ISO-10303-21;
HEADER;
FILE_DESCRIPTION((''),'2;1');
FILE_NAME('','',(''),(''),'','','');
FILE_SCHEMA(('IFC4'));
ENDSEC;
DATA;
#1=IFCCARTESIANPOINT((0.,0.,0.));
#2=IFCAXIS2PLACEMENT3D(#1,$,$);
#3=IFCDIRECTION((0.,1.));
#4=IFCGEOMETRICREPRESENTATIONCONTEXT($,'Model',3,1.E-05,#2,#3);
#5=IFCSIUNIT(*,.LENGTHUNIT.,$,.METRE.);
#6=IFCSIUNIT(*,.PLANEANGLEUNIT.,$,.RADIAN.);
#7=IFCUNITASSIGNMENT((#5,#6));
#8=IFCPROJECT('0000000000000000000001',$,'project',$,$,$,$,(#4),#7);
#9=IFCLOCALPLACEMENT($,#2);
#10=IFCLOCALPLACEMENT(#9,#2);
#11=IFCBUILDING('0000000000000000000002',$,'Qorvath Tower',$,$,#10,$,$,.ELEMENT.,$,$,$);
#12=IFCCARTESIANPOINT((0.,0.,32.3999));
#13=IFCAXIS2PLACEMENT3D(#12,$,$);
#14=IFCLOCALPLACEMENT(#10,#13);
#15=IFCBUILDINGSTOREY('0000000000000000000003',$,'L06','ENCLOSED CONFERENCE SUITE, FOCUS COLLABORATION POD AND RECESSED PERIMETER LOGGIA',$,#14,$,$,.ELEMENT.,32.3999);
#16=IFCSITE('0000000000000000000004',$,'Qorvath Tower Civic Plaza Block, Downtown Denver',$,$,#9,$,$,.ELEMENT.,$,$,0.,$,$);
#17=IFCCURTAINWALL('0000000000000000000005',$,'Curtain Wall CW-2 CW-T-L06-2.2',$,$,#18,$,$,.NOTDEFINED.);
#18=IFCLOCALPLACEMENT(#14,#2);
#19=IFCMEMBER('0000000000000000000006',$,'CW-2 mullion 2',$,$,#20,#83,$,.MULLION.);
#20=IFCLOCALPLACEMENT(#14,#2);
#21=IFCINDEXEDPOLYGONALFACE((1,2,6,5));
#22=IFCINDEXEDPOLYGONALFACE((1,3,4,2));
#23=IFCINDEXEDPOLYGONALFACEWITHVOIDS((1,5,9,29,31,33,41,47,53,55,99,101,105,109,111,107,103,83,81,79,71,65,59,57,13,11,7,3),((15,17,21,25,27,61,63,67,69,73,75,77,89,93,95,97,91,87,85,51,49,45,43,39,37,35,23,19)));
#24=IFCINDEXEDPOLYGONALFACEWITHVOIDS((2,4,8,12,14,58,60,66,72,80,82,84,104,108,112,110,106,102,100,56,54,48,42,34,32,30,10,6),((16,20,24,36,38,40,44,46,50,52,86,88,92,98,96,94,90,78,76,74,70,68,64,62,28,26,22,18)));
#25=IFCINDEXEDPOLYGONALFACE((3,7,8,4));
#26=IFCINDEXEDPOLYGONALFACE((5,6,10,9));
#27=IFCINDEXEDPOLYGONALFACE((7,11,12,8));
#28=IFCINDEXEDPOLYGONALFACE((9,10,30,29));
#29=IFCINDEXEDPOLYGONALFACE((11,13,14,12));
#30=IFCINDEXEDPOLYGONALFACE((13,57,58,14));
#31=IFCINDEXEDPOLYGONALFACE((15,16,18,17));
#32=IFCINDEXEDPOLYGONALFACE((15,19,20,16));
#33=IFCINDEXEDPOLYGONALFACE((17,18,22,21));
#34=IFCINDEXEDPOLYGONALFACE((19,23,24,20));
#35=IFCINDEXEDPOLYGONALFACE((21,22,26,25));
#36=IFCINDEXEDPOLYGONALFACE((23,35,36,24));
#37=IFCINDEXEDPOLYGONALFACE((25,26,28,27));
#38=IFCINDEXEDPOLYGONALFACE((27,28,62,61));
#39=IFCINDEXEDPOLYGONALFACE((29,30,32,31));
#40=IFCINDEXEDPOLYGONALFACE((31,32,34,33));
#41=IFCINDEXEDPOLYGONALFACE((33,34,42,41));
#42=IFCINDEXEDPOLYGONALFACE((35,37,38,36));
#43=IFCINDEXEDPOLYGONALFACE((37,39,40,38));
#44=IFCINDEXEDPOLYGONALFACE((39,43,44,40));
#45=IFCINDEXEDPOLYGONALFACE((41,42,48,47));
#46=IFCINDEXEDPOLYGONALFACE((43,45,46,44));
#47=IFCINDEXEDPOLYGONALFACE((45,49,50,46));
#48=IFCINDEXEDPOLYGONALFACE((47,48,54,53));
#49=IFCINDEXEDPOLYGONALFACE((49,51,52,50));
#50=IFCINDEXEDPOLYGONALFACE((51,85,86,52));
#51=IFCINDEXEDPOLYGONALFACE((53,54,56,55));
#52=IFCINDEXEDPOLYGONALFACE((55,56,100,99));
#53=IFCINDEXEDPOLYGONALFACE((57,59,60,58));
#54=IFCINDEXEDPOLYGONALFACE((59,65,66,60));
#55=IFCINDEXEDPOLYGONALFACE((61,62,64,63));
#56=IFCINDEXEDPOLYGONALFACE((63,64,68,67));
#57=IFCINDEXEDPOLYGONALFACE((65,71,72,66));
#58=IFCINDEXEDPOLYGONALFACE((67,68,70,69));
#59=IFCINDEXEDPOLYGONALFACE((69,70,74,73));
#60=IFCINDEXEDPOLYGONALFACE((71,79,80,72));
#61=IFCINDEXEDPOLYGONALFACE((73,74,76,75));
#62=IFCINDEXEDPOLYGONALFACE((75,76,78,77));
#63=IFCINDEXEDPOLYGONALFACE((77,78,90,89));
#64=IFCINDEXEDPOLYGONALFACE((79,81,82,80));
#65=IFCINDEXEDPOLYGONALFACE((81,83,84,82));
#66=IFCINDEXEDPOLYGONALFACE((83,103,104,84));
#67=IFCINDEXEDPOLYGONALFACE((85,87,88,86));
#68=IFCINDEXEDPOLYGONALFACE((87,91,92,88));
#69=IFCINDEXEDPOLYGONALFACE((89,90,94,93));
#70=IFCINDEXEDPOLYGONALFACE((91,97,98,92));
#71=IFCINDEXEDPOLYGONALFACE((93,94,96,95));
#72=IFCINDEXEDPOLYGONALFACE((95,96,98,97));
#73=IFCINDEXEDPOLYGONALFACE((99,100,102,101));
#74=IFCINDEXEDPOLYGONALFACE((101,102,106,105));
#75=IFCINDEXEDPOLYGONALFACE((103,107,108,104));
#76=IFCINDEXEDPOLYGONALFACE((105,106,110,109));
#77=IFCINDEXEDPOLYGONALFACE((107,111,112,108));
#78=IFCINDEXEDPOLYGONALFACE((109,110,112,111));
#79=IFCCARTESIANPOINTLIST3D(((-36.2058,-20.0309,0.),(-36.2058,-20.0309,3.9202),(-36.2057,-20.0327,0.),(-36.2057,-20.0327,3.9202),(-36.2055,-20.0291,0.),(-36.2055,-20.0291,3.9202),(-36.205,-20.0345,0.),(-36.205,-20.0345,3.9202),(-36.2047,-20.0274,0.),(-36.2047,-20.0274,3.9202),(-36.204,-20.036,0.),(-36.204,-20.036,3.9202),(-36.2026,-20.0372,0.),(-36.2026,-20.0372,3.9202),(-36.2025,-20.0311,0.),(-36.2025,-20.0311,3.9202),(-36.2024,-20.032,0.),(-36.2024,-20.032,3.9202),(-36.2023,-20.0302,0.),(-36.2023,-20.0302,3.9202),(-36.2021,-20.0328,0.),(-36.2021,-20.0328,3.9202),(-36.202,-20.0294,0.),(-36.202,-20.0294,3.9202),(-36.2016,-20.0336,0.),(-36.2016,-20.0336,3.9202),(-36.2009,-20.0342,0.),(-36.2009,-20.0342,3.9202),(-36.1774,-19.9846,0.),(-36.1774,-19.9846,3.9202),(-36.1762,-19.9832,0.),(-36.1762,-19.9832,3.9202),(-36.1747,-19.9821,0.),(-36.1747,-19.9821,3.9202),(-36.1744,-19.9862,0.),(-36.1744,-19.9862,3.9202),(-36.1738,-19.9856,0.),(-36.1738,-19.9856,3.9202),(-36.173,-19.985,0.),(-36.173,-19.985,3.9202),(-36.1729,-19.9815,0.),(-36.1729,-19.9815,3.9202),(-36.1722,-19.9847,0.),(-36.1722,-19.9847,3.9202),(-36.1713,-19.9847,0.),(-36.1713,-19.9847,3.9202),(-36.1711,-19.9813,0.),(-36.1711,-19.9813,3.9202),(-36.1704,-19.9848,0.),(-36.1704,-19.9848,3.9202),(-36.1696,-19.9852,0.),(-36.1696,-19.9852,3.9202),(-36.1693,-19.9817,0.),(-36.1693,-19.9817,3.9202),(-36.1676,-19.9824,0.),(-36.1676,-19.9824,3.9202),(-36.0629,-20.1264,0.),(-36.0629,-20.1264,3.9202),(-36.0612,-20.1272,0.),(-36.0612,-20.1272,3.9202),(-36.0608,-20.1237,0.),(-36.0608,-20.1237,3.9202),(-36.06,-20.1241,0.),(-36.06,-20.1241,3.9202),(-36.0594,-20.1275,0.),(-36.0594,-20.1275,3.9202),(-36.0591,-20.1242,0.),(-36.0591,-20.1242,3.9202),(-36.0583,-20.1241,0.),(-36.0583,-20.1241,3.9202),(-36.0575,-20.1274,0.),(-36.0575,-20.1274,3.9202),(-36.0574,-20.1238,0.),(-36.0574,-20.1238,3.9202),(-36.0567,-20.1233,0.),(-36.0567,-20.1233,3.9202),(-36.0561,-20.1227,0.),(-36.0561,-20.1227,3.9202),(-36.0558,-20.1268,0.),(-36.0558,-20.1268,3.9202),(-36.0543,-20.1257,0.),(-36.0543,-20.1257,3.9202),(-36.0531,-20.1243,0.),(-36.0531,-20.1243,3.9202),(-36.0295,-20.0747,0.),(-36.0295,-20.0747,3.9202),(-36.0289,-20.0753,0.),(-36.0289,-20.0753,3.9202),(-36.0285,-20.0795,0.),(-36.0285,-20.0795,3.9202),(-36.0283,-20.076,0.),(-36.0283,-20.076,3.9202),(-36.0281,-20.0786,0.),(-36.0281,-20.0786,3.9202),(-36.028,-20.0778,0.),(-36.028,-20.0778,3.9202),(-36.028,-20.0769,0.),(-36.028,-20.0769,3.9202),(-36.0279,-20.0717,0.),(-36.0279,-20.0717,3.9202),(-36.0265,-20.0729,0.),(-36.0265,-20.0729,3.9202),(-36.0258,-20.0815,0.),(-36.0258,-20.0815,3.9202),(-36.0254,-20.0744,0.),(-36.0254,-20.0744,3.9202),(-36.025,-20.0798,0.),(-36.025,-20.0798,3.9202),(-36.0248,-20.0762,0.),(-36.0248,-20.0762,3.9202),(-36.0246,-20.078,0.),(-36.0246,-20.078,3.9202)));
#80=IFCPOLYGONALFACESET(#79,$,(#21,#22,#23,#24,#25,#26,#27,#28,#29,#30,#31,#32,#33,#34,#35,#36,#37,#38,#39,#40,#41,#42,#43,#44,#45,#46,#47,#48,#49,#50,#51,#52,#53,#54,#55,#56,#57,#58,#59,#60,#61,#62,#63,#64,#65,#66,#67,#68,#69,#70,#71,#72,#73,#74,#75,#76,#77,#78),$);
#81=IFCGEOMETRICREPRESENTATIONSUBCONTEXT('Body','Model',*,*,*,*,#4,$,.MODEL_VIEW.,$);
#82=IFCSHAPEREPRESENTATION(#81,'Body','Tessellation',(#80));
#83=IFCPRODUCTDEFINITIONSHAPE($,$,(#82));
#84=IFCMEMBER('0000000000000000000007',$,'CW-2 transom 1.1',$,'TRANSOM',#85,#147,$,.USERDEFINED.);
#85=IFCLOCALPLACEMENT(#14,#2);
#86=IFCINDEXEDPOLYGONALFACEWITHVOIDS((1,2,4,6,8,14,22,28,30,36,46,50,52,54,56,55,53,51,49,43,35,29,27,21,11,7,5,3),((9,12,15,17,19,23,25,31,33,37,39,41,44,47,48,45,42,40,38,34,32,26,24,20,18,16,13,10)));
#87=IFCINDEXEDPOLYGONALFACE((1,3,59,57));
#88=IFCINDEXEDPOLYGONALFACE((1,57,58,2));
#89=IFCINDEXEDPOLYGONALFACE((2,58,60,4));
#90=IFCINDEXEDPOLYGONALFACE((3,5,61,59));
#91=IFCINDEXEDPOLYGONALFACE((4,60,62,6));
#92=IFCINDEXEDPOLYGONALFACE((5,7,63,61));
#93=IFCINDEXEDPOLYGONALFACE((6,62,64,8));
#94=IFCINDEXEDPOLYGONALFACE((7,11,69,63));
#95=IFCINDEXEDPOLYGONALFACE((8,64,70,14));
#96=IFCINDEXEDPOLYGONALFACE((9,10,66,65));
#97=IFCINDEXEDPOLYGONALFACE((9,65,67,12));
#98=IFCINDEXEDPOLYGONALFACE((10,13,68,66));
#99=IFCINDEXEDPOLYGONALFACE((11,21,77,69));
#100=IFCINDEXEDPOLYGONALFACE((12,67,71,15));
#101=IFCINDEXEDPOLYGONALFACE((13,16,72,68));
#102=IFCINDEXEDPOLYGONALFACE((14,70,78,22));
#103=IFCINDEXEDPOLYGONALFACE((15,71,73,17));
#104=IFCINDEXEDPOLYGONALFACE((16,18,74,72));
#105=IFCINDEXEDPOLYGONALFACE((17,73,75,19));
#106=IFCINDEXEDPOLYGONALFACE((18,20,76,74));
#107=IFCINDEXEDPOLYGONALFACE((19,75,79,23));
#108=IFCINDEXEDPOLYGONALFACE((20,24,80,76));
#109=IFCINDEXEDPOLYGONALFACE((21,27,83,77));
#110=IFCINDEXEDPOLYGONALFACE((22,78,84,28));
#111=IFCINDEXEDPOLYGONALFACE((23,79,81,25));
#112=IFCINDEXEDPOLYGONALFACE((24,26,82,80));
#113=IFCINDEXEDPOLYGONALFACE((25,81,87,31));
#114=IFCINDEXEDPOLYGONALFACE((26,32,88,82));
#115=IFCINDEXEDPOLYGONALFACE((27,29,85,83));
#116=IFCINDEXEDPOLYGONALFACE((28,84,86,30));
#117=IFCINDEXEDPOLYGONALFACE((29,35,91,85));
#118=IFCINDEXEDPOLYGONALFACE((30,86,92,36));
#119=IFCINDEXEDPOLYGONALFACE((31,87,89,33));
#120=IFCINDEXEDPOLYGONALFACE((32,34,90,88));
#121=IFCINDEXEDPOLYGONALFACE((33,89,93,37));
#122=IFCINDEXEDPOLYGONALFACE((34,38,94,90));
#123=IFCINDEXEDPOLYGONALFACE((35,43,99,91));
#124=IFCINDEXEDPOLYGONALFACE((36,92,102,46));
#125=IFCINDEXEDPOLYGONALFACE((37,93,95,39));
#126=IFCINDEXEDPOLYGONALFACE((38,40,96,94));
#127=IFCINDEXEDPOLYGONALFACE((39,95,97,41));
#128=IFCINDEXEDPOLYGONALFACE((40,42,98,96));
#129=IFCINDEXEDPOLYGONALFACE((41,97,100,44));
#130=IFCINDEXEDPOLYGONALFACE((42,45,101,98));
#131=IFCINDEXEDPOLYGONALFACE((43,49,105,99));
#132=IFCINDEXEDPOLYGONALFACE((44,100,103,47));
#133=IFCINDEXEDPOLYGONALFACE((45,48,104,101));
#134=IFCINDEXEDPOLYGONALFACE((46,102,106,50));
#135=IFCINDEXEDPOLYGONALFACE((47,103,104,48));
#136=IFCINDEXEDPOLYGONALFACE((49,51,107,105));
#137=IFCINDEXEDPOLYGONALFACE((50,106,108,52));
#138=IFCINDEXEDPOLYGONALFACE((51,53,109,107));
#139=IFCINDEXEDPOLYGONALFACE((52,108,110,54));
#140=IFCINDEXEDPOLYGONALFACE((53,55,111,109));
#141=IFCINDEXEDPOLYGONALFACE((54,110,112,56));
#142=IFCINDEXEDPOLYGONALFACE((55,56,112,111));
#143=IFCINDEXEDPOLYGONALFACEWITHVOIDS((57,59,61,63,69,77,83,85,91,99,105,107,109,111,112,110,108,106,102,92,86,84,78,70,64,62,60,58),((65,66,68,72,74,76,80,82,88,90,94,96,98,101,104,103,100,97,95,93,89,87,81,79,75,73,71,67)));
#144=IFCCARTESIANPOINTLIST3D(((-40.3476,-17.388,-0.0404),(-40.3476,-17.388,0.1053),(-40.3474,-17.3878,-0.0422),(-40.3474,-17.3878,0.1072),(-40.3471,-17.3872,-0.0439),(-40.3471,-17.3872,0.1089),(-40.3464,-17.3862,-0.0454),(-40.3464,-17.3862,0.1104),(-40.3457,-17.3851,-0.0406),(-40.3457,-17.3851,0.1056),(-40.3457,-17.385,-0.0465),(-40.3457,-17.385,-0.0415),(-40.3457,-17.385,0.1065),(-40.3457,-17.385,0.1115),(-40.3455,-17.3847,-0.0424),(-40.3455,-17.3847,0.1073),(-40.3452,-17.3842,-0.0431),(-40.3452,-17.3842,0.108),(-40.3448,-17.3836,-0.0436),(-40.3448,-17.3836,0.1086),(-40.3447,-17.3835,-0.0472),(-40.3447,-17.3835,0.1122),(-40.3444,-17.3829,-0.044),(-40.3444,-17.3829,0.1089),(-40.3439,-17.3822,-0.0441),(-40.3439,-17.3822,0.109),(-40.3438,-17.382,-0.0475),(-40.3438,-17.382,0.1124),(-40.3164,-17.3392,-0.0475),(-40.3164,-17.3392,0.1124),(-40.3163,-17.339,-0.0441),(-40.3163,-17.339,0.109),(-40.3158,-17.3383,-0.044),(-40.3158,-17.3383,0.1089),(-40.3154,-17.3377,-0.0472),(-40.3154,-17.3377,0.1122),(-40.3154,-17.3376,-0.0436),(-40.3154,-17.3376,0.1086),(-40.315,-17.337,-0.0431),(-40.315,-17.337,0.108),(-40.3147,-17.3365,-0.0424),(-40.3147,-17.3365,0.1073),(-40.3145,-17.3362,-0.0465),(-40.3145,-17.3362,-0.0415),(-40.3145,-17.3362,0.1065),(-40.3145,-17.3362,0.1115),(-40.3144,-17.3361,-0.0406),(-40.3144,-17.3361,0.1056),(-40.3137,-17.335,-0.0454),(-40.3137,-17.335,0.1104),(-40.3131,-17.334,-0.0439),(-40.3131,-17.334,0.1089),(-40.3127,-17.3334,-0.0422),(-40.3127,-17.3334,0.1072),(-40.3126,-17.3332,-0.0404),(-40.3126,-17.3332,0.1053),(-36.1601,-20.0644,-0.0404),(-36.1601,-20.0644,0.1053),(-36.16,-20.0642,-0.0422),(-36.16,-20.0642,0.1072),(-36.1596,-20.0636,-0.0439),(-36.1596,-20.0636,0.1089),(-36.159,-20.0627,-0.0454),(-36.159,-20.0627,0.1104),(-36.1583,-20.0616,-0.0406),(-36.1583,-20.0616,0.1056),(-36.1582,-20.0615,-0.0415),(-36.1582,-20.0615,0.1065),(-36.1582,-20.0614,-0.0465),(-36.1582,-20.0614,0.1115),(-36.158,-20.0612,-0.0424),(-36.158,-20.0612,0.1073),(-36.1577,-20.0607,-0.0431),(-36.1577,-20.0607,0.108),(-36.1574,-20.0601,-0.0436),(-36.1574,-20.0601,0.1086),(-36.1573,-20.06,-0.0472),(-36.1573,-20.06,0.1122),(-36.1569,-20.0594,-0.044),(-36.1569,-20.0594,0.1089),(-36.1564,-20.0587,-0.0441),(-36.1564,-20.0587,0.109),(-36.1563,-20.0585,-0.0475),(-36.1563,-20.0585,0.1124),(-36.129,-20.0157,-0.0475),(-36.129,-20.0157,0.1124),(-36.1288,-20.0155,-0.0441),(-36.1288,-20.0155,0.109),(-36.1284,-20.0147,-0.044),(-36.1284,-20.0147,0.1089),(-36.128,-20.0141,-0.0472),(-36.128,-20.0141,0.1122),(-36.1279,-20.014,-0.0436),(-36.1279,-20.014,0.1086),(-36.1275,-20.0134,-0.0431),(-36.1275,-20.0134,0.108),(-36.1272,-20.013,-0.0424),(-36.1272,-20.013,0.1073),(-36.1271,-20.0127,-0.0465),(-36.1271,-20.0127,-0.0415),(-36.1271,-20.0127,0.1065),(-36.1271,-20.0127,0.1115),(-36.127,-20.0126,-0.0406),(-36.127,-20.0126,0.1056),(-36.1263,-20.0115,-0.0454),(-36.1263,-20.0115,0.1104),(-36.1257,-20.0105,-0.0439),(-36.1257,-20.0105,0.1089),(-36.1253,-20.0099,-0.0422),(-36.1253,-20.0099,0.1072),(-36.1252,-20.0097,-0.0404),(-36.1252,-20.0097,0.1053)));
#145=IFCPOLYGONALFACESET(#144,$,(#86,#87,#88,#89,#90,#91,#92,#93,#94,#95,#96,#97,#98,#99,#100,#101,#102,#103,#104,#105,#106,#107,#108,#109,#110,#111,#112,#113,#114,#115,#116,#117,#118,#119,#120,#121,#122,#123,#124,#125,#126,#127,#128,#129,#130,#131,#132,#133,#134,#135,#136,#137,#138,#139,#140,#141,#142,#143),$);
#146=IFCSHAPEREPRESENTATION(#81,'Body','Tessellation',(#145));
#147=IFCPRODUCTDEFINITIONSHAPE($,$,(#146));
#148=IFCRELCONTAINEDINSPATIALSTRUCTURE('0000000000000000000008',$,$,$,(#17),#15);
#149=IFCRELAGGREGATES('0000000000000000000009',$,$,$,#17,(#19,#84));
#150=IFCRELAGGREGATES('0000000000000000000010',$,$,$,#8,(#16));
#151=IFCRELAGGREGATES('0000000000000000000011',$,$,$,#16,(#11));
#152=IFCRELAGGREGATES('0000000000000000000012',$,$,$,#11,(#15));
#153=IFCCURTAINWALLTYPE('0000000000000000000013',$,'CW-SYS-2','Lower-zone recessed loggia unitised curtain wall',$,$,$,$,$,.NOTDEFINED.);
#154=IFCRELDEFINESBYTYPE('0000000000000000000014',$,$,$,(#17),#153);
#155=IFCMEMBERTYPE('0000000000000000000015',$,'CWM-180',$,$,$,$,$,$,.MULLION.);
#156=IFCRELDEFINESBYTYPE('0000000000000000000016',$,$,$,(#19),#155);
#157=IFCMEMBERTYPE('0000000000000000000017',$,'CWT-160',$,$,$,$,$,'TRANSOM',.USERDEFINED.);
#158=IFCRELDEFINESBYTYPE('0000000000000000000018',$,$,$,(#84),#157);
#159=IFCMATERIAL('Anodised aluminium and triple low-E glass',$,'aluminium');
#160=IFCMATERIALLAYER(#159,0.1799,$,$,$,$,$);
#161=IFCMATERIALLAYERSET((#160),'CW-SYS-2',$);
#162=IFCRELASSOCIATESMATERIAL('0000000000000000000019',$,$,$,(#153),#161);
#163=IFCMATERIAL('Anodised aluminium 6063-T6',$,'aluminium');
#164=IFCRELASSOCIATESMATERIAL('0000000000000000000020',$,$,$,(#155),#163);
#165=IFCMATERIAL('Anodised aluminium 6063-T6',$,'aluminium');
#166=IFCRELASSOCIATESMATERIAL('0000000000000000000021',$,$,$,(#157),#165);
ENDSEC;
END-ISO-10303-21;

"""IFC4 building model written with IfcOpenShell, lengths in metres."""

from ifc_helpers import new_model, si_unit, direction, frame, origin, origin_2d, place, context, subcontext, project, spatial, hollow_rectangle, extrude, material, layer, layer_set, material_profile, profile_set, type_object, element, aggregate, save


model = new_model("IFC4")

# Units and contexts
model_context = context("Model", 3, precision=1e-05, world=origin(), true_north=direction((0.0, 1.0)))
body_context = subcontext(model_context, "Body", "Model", "MODEL_VIEW")
ifc_project = project(units=[si_unit("LENGTHUNIT", "METRE"), si_unit("PLANEANGLEUNIT", "RADIAN")], contexts=[model_context])

# Site, building, storey
site_placement = place(None, origin())
site = spatial("IfcSite", under=ifc_project, at=site_placement, Name="Qorvath Tower Civic Plaza Block, Downtown Denver", CompositionType="ELEMENT", RefElevation=0.0)
building_placement = place(site_placement, origin())
building = spatial("IfcBuilding", under=site, at=building_placement, Name="Qorvath Tower", CompositionType="ELEMENT")
storey_placement = place(building_placement, frame((0.0, 0.0, 32.3999)))
storey = spatial("IfcBuildingStorey", under=building, at=storey_placement, Name="L06", Description="ENCLOSED CONFERENCE SUITE, FOCUS COLLABORATION POD AND RECESSED PERIMETER LOGGIA", CompositionType="ELEMENT", Elevation=32.3999)

# Shared definitions
ifc_material_1 = material(Name="Anodised aluminium and triple low-E glass", Category="aluminium")
ifc_layer_1 = layer(ifc_material_1, 0.1799)
ifc_layer_set_1 = layer_set([ifc_layer_1], Name="CW-SYS-2")
curtain_wall_type = type_object("IfcCurtainWallType", Name="CW-SYS-2", Description="Lower-zone recessed loggia unitised curtain wall", PredefinedType="NOTDEFINED", material=ifc_layer_set_1)
ifc_material_2 = material(Name="Anodised aluminium 6063-T6", Category="aluminium")
ifc_material_profile_1 = material_profile(ifc_material_2, hollow_rectangle(XDim=0.0649, YDim=0.1799, WallThickness=0.0034, InnerFilletRadius=0.0034, OuterFilletRadius=0.0071, at=origin_2d()), Name="CWM 180x65")
ifc_profile_set_1 = profile_set([ifc_material_profile_1], Name="Anodised aluminium 6063-T6")
member_type_1 = type_object("IfcMemberType", Name="CWM-180", PredefinedType="MULLION", material=ifc_profile_set_1)

# Curtain wall, members
curtain_wall_1_placement = place(storey_placement, origin())
curtain_wall_1 = element("IfcCurtainWall", 1, at=curtain_wall_1_placement, inside=storey, type_object=curtain_wall_type, Name="Curtain Wall CW-2 CW-T-L06-2.2", PredefinedType="NOTDEFINED")
member_1_placement = place(storey_placement, frame((-36.1152, -20.0544, 0.0), z_axis=(0.0, 0.0, 1.0), x_axis=(0.538533, 0.842605, 0.0)))
member_1 = element("IfcMember", 2, at=member_1_placement, type_object=member_type_1, Name="CW-2 mullion 2", PredefinedType="MULLION", context=body_context, shape_type="SweptSolid", body=[
    extrude(hollow_rectangle(XDim=0.0649, YDim=0.1799, WallThickness=0.0034, InnerFilletRadius=0.0034, OuterFilletRadius=0.0071, at=origin_2d()), origin(), (0.0, 0.0, 1.0), 3.9202),
])
ifc_material_3 = material(Name="Anodised aluminium 6063-T6", Category="aluminium")
ifc_material_profile_2 = material_profile(ifc_material_3, hollow_rectangle(XDim=0.0649, YDim=0.1599, WallThickness=0.0034, InnerFilletRadius=0.0034, OuterFilletRadius=0.0071, at=origin_2d()), Name="CWT 160x65")
ifc_profile_set_2 = profile_set([ifc_material_profile_2], Name="Anodised aluminium 6063-T6")
member_type_2 = type_object("IfcMemberType", Name="CWT-160", ElementType="TRANSOM", PredefinedType="USERDEFINED", material=ifc_profile_set_2)
member_2_placement = place(storey_placement, frame((-40.3301, -17.3606, 0.0325), z_axis=(0.84259, -0.538556, 0.0), x_axis=(0.538556, 0.84259, 0.0)))
member_2 = element("IfcMember", 3, at=member_2_placement, type_object=member_type_2, Name="CW-2 transom 1.1", ObjectType="TRANSOM", PredefinedType="USERDEFINED", context=body_context, shape_type="SweptSolid", body=[
    extrude(hollow_rectangle(XDim=0.0649, YDim=0.1599, WallThickness=0.0034, InnerFilletRadius=0.0034, OuterFilletRadius=0.0071, at=origin_2d()), origin(), (0.0, 0.0, 1.0), 4.9697),
])

aggregate(curtain_wall_1, [member_1, member_2])

save(model, "model.ifc")
